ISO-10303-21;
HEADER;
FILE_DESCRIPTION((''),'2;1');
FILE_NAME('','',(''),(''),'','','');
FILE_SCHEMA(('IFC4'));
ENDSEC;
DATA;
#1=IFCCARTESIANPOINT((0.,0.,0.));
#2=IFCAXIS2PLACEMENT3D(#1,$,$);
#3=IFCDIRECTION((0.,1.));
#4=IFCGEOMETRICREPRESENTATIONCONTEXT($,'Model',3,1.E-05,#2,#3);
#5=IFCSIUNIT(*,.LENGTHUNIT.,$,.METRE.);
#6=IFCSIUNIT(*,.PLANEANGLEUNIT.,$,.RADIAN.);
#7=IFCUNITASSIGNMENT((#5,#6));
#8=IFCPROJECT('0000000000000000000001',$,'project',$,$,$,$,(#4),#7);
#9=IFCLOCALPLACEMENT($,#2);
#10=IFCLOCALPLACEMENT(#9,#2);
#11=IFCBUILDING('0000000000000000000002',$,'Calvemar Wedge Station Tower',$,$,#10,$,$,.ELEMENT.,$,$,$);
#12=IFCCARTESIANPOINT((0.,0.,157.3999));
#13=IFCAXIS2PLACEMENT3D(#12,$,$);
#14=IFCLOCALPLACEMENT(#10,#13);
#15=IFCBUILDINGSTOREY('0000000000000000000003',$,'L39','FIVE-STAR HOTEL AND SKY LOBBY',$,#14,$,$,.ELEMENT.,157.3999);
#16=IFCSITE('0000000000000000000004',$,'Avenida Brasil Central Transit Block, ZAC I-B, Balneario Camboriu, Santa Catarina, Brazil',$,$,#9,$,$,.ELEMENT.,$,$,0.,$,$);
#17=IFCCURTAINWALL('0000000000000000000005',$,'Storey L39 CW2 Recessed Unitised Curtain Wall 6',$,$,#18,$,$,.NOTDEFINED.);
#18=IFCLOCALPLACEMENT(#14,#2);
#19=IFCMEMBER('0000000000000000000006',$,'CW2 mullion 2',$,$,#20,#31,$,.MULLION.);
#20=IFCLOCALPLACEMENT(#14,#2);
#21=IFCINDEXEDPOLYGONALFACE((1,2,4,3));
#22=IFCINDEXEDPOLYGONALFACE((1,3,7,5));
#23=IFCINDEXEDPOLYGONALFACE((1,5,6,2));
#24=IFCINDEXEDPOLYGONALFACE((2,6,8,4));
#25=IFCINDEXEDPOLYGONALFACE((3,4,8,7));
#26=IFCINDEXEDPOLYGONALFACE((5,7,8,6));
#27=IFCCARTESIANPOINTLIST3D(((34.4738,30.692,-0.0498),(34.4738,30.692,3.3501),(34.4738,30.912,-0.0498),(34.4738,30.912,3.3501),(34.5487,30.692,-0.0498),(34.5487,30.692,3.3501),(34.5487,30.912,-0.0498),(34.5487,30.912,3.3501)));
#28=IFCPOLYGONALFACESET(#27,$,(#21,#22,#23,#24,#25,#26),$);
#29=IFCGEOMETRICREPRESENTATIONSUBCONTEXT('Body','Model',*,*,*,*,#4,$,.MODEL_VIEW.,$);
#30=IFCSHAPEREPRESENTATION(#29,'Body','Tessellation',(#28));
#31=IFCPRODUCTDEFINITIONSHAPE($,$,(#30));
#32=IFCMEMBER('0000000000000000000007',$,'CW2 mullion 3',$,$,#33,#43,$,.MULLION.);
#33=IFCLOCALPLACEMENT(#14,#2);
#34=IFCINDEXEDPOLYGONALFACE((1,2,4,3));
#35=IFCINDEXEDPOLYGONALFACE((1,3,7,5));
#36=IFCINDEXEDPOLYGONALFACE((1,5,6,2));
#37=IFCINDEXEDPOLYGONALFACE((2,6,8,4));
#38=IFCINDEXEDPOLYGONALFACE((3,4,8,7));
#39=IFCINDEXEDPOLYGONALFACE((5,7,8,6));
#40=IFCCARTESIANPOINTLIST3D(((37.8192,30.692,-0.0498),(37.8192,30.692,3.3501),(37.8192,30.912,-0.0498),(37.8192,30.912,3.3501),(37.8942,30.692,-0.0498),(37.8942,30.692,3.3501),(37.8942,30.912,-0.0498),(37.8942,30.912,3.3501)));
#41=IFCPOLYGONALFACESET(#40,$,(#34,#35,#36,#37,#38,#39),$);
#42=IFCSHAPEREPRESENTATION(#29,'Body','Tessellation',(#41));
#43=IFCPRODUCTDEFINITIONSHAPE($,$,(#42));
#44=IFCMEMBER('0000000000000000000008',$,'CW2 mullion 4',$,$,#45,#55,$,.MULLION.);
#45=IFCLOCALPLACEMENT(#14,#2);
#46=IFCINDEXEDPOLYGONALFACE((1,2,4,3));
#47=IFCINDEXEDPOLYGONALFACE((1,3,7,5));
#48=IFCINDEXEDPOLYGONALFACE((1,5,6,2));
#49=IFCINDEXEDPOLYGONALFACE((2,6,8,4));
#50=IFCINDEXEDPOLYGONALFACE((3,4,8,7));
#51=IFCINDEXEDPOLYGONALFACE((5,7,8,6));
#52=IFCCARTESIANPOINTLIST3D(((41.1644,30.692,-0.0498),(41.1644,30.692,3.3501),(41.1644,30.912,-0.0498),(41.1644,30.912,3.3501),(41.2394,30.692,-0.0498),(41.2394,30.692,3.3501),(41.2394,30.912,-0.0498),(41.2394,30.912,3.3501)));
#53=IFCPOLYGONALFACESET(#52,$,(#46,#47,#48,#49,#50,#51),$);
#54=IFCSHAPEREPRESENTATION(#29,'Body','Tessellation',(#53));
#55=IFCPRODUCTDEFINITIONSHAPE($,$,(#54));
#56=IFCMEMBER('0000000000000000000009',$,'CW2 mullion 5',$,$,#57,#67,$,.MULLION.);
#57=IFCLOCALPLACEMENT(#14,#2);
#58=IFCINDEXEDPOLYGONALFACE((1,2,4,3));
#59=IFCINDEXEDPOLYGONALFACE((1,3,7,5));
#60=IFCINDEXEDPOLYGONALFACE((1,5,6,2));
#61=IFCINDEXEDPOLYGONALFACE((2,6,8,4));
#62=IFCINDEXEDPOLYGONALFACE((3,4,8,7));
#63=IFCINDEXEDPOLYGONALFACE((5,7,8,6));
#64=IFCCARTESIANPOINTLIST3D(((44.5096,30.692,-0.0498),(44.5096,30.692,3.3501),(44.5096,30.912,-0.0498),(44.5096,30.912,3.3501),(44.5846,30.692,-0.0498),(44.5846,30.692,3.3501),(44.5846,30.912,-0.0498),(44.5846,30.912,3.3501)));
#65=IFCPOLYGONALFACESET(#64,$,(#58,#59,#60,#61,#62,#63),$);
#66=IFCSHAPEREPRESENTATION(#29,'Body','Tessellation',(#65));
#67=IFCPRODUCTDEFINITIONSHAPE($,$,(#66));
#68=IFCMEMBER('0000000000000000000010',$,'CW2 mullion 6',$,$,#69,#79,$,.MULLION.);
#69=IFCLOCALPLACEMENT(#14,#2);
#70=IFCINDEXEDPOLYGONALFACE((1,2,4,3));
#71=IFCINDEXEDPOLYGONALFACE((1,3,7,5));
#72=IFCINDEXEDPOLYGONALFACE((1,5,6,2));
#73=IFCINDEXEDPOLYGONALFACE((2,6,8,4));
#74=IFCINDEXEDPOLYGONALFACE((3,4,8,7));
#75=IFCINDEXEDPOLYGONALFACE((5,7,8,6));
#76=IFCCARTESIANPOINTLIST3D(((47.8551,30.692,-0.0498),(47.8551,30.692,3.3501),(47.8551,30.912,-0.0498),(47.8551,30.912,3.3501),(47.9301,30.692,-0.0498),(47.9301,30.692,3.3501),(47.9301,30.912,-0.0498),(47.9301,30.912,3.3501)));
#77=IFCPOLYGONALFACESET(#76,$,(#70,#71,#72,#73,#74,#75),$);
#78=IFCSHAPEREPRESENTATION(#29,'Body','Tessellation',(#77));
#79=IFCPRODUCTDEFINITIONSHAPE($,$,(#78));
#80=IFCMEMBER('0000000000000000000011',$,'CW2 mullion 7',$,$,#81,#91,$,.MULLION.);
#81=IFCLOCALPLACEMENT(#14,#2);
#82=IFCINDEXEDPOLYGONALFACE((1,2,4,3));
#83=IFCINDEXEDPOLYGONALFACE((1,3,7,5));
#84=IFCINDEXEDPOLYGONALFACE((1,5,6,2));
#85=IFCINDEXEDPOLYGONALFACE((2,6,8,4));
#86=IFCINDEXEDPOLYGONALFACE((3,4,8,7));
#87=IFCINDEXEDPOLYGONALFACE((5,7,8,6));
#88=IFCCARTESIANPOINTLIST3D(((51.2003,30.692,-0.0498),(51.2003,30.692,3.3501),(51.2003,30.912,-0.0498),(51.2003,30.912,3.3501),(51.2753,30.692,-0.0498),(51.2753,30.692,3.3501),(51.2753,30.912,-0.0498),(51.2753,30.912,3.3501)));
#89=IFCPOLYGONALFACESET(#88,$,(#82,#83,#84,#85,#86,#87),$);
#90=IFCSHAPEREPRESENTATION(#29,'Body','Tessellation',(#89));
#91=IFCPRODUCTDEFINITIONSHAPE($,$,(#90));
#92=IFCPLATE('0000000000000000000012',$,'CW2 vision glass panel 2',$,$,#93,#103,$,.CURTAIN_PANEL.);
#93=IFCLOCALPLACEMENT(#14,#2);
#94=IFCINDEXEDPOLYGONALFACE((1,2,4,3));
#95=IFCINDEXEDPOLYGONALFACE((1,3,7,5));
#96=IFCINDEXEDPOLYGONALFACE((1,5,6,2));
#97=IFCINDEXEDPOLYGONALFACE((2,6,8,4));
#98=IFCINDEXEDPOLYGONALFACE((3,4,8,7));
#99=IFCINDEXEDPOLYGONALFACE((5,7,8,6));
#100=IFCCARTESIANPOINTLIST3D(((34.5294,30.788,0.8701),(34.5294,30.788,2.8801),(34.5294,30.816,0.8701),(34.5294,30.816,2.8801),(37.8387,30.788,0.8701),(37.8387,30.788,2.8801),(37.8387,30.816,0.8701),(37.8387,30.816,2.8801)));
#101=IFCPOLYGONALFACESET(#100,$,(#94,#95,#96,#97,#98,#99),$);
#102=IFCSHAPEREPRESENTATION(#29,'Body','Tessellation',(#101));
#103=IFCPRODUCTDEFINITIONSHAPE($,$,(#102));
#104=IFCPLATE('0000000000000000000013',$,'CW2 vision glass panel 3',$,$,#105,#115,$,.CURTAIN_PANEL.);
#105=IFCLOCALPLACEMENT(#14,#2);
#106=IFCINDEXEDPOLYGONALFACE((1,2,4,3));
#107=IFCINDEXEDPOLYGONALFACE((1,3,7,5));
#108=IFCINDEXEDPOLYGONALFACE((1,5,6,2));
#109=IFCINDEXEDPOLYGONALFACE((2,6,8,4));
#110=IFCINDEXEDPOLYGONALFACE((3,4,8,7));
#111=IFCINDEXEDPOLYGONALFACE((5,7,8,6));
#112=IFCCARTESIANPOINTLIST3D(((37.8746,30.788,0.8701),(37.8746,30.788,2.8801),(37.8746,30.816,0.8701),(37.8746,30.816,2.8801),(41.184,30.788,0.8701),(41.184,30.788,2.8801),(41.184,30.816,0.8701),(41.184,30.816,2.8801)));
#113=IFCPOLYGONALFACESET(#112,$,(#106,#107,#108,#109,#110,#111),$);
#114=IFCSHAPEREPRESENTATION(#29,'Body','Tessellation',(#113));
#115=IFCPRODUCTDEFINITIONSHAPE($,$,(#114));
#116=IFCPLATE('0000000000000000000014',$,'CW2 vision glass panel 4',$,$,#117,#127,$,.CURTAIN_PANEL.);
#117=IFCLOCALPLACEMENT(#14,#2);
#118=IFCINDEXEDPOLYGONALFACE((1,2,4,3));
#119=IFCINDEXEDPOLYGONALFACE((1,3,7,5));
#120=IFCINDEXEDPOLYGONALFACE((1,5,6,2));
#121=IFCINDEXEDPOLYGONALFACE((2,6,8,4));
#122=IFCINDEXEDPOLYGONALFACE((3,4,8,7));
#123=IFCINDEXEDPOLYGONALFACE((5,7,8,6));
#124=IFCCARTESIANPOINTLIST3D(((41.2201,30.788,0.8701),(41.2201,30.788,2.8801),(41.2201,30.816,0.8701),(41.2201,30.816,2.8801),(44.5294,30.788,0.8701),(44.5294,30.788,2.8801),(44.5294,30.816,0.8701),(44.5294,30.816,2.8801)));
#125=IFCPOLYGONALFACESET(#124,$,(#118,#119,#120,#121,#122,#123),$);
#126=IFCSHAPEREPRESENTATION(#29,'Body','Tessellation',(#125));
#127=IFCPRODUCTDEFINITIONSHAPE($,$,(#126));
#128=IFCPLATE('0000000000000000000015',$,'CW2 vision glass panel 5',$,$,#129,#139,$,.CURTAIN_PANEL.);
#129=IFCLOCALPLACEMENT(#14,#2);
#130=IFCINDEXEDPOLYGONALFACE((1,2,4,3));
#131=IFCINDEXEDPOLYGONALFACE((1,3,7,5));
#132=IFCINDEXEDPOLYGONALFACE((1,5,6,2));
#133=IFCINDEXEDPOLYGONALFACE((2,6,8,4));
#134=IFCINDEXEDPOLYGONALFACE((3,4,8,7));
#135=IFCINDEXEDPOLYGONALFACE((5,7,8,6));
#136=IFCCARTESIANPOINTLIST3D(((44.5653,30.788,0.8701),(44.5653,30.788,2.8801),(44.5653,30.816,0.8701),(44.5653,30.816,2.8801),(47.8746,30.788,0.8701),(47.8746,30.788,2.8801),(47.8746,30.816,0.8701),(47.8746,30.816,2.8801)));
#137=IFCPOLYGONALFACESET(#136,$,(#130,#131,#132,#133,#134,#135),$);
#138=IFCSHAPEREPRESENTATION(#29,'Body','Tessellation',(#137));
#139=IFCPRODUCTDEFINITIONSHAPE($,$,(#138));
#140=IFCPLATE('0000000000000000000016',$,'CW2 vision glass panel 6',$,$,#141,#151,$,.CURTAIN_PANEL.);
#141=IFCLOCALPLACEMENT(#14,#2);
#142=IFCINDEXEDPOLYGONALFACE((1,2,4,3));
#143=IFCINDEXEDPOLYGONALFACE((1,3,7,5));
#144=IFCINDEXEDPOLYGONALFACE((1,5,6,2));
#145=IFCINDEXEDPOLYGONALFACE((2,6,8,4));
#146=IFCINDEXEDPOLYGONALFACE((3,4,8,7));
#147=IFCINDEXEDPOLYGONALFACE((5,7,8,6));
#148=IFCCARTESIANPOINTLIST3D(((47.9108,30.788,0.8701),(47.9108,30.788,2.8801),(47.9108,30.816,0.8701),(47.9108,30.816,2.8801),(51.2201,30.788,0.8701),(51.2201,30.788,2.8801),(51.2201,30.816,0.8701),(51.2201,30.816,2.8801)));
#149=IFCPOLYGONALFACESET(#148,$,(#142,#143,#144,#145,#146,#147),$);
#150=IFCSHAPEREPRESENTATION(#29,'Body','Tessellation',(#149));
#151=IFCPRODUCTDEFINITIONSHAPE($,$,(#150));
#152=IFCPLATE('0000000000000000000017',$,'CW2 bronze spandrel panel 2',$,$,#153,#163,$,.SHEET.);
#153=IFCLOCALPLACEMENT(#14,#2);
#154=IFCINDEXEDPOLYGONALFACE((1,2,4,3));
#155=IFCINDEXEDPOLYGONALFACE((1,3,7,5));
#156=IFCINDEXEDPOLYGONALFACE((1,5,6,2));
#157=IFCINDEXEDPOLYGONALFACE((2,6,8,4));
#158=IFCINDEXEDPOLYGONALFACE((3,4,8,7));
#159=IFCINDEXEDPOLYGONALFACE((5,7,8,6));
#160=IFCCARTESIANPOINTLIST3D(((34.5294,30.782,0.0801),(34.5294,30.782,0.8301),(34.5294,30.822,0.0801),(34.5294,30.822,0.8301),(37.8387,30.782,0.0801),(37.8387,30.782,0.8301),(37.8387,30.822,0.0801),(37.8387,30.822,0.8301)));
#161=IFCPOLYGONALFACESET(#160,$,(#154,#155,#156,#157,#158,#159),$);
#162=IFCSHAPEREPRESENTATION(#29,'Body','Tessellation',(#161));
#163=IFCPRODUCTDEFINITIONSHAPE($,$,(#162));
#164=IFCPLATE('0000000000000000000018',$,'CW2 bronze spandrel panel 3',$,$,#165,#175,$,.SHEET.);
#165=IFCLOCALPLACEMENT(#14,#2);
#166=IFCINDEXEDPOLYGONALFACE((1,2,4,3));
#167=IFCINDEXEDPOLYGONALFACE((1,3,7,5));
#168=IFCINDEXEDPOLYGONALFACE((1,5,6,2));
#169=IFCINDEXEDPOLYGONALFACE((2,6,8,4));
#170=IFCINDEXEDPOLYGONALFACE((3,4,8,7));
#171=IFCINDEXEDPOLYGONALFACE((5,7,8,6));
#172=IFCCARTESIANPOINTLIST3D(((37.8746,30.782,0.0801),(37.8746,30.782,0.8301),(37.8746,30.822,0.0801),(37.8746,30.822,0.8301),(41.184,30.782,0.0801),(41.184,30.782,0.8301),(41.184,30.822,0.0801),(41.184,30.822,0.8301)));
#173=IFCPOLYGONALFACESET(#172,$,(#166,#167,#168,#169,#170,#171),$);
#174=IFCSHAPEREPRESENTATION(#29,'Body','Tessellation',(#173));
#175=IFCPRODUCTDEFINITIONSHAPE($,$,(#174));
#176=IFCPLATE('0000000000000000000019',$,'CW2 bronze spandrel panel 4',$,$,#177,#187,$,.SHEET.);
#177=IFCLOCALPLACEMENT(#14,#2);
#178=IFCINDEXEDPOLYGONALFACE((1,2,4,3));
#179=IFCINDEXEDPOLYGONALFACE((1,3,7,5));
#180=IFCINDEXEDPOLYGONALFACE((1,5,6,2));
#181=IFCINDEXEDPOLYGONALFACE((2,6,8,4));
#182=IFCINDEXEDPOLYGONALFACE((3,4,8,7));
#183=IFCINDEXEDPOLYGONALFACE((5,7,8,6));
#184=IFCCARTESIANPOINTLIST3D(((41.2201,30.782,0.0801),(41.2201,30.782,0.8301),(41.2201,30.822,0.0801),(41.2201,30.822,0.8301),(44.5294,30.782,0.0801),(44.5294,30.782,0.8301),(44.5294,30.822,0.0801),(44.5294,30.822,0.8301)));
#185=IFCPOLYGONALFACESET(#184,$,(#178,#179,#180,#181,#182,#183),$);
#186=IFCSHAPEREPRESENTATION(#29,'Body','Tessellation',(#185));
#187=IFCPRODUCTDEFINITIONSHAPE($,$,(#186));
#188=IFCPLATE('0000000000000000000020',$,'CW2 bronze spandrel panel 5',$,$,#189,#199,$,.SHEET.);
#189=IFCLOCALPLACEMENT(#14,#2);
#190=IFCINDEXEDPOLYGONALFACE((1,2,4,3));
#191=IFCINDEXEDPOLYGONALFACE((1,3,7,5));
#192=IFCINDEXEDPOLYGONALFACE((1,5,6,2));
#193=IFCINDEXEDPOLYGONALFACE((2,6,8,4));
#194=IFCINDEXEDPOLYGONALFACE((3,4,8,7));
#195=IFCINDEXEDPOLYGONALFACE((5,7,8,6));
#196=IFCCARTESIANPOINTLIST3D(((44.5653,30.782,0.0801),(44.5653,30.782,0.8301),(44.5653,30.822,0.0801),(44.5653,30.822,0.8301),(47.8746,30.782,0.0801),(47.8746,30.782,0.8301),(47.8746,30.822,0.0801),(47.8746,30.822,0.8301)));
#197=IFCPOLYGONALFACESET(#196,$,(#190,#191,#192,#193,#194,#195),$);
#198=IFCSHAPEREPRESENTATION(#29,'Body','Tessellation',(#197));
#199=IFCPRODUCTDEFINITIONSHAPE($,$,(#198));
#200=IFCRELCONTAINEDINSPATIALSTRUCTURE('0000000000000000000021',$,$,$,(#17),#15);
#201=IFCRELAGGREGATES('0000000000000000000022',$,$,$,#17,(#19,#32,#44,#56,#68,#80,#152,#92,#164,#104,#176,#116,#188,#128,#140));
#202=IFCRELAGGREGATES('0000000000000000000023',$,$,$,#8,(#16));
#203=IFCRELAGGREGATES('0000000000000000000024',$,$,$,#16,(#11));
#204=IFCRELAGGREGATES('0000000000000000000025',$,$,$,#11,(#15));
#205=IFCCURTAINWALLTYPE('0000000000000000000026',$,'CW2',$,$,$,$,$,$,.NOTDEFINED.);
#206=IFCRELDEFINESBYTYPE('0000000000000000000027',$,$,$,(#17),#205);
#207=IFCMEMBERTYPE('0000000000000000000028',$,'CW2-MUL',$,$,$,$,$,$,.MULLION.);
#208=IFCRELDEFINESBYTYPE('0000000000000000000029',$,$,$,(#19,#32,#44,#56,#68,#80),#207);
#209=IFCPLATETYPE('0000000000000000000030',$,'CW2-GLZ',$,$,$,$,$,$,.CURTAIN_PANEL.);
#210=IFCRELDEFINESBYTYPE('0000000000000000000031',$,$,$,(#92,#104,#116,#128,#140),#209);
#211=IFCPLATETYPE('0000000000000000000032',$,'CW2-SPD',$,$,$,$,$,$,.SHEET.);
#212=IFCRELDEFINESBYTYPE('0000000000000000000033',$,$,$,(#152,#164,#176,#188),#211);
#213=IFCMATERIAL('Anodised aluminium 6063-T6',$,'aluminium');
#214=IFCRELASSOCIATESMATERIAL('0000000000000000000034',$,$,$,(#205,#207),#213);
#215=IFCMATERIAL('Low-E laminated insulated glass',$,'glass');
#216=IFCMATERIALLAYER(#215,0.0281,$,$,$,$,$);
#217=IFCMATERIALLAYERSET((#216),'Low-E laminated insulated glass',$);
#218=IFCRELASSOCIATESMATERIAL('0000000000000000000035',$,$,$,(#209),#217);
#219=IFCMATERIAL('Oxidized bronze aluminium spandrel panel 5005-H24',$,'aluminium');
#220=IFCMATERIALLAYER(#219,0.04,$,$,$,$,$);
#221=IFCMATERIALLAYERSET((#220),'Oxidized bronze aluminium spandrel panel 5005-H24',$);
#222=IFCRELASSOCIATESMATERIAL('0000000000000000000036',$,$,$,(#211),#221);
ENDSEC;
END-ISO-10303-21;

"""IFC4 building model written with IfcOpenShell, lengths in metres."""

from ifc_helpers import new_model, si_unit, direction, frame, frame_2d, origin, origin_2d, place, context, subcontext, project, spatial, rectangle, extrude, source, transform, mapped, material, layer, layer_set, material_profile, profile_set, type_object, element, aggregate, save


model = new_model("IFC4")

# Units and contexts
model_context = context("Model", 3, precision=1e-05, world=origin(), true_north=direction((0.0, 1.0)))
body_context = subcontext(model_context, "Body", "Model", "MODEL_VIEW")
ifc_project = project(units=[si_unit("LENGTHUNIT", "METRE"), si_unit("PLANEANGLEUNIT", "RADIAN")], contexts=[model_context])

# Site, building, storey
site_placement = place(None, origin())
site = spatial("IfcSite", under=ifc_project, at=site_placement, Name="Avenida Brasil Central Transit Block, ZAC I-B, Balneario Camboriu, Santa Catarina, Brazil", CompositionType="ELEMENT", RefElevation=0.0)
building_placement = place(site_placement, origin())
building = spatial("IfcBuilding", under=site, at=building_placement, Name="Calvemar Wedge Station Tower", CompositionType="ELEMENT")
storey_placement = place(building_placement, frame((0.0, 0.0, 157.3999)))
storey = spatial("IfcBuildingStorey", under=building, at=storey_placement, Name="L39", Description="FIVE-STAR HOTEL AND SKY LOBBY", CompositionType="ELEMENT", Elevation=157.3999)

# Curtain wall, members, plates
ifc_material_1 = material(Name="Anodised aluminium 6063-T6", Category="aluminium")
curtain_wall_type = type_object("IfcCurtainWallType", Name="CW2", PredefinedType="NOTDEFINED", material=ifc_material_1)
curtain_wall_placement = place(storey_placement, origin())
curtain_wall = element("IfcCurtainWall", 1, at=curtain_wall_placement, inside=storey, type_object=curtain_wall_type, Name="Storey L39 CW2 Recessed Unitised Curtain Wall 6", PredefinedType="NOTDEFINED")
ifc_material_profile = material_profile(ifc_material_1, rectangle(XDim=0.075, YDim=0.22, at=origin_2d()), Name="AL-MUL-75x220")
ifc_profile_set = profile_set([ifc_material_profile], Name="Anodised aluminium 6063-T6")
member_type = type_object("IfcMemberType", Name="CW2-MUL", PredefinedType="MULLION", material=ifc_profile_set)
shared_shape_1 = source(origin(), body_context, "Body", "SweptSolid", [
    extrude(rectangle(XDim=0.075, YDim=0.22, at=origin_2d()), origin(), (0.0, 0.0, 1.0), 3.3999),
])
member_1_placement = place(storey_placement, frame((34.5112, 30.802, -0.0498), z_axis=(0.0, 0.0, 1.0), x_axis=(1.0, 0.0, 0.0)))
member_1 = element("IfcMember", 2, at=member_1_placement, type_object=member_type, Name="CW2 mullion 2", PredefinedType="MULLION", context=body_context, shape_type="MappedRepresentation", body=[
    mapped(shared_shape_1, transform((0.0, 0.0, 0.0), scale=1.0)),
])
member_2_placement = place(storey_placement, frame((37.8567, 30.802, -0.0498), z_axis=(0.0, 0.0, 1.0), x_axis=(1.0, 0.0, 0.0)))
member_2 = element("IfcMember", 3, at=member_2_placement, type_object=member_type, Name="CW2 mullion 3", PredefinedType="MULLION", context=body_context, shape_type="MappedRepresentation", body=[
    mapped(shared_shape_1, transform((0.0, 0.0, 0.0), scale=1.0)),
])
member_3_placement = place(storey_placement, frame((41.2019, 30.802, -0.0498), z_axis=(0.0, 0.0, 1.0), x_axis=(1.0, 0.0, 0.0)))
member_3 = element("IfcMember", 4, at=member_3_placement, type_object=member_type, Name="CW2 mullion 4", PredefinedType="MULLION", context=body_context, shape_type="MappedRepresentation", body=[
    mapped(shared_shape_1, transform((0.0, 0.0, 0.0), scale=1.0)),
])
member_4_placement = place(storey_placement, frame((44.5471, 30.802, -0.0498), z_axis=(0.0, 0.0, 1.0), x_axis=(1.0, 0.0, 0.0)))
member_4 = element("IfcMember", 5, at=member_4_placement, type_object=member_type, Name="CW2 mullion 5", PredefinedType="MULLION", context=body_context, shape_type="MappedRepresentation", body=[
    mapped(shared_shape_1, transform((0.0, 0.0, 0.0), scale=1.0)),
])
member_5_placement = place(storey_placement, frame((47.8926, 30.802, -0.0498), z_axis=(0.0, 0.0, 1.0), x_axis=(1.0, 0.0, 0.0)))
member_5 = element("IfcMember", 6, at=member_5_placement, type_object=member_type, Name="CW2 mullion 6", PredefinedType="MULLION", context=body_context, shape_type="MappedRepresentation", body=[
    mapped(shared_shape_1, transform((0.0, 0.0, 0.0), scale=1.0)),
])
member_6_placement = place(storey_placement, frame((51.2378, 30.802, -0.0498), z_axis=(0.0, 0.0, 1.0), x_axis=(1.0, 0.0, 0.0)))
member_6 = element("IfcMember", 7, at=member_6_placement, type_object=member_type, Name="CW2 mullion 7", PredefinedType="MULLION", context=body_context, shape_type="MappedRepresentation", body=[
    mapped(shared_shape_1, transform((0.0, 0.0, 0.0), scale=1.0)),
])
ifc_material_2 = material(Name="Low-E laminated insulated glass", Category="glass")
ifc_layer_1 = layer(ifc_material_2, 0.0281)
ifc_layer_set_1 = layer_set([ifc_layer_1], Name="Low-E laminated insulated glass")
plate_type_1 = type_object("IfcPlateType", Name="CW2-GLZ", PredefinedType="CURTAIN_PANEL", material=ifc_layer_set_1)
plate_1_placement = place(storey_placement, frame((34.5293, 30.802, 0.8701), z_axis=(0.0, 0.0, 1.0), x_axis=(1.0, 0.0, 0.0)))
plate_1 = element("IfcPlate", 8, at=plate_1_placement, type_object=plate_type_1, Name="CW2 vision glass panel 2", PredefinedType="CURTAIN_PANEL", context=body_context, shape_type="SweptSolid", body=[
    extrude(rectangle(XDim=3.3093, YDim=0.0281, at=frame_2d((1.6548, 0.0))), origin(), (0.0, 0.0, 1.0), 2.01),
])
plate_2_placement = place(storey_placement, frame((37.8745, 30.802, 0.8701), z_axis=(0.0, 0.0, 1.0), x_axis=(1.0, 0.0, 0.0)))
plate_2 = element("IfcPlate", 9, at=plate_2_placement, type_object=plate_type_1, Name="CW2 vision glass panel 3", PredefinedType="CURTAIN_PANEL", context=body_context, shape_type="SweptSolid", body=[
    extrude(rectangle(XDim=3.3093, YDim=0.0281, at=frame_2d((1.6548, 0.0))), origin(), (0.0, 0.0, 1.0), 2.01),
])
plate_3_placement = place(storey_placement, frame((41.22, 30.802, 0.8701), z_axis=(0.0, 0.0, 1.0), x_axis=(1.0, 0.0, 0.0)))
plate_3 = element("IfcPlate", 10, at=plate_3_placement, type_object=plate_type_1, Name="CW2 vision glass panel 4", PredefinedType="CURTAIN_PANEL", context=body_context, shape_type="SweptSolid", body=[
    extrude(rectangle(XDim=3.3093, YDim=0.0281, at=frame_2d((1.6548, 0.0))), origin(), (0.0, 0.0, 1.0), 2.01),
])
plate_4_placement = place(storey_placement, frame((44.5652, 30.802, 0.8701), z_axis=(0.0, 0.0, 1.0), x_axis=(1.0, 0.0, 0.0)))
plate_4 = element("IfcPlate", 11, at=plate_4_placement, type_object=plate_type_1, Name="CW2 vision glass panel 5", PredefinedType="CURTAIN_PANEL", context=body_context, shape_type="SweptSolid", body=[
    extrude(rectangle(XDim=3.3093, YDim=0.0281, at=frame_2d((1.6548, 0.0))), origin(), (0.0, 0.0, 1.0), 2.01),
])
plate_5_placement = place(storey_placement, frame((47.9106, 30.802, 0.8701), z_axis=(0.0, 0.0, 1.0), x_axis=(1.0, 0.0, 0.0)))
plate_5 = element("IfcPlate", 12, at=plate_5_placement, type_object=plate_type_1, Name="CW2 vision glass panel 6", PredefinedType="CURTAIN_PANEL", context=body_context, shape_type="SweptSolid", body=[
    extrude(rectangle(XDim=3.3093, YDim=0.0281, at=frame_2d((1.6548, 0.0))), origin(), (0.0, 0.0, 1.0), 2.01),
])
ifc_material_3 = material(Name="Oxidized bronze aluminium spandrel panel 5005-H24", Category="aluminium")
ifc_layer_2 = layer(ifc_material_3, 0.04)
ifc_layer_set_2 = layer_set([ifc_layer_2], Name="Oxidized bronze aluminium spandrel panel 5005-H24")
plate_type_2 = type_object("IfcPlateType", Name="CW2-SPD", PredefinedType="SHEET", material=ifc_layer_set_2)
plate_6_placement = place(storey_placement, frame((34.5293, 30.802, 0.0801), z_axis=(0.0, 0.0, 1.0), x_axis=(1.0, 0.0, 0.0)))
plate_6 = element("IfcPlate", 13, at=plate_6_placement, type_object=plate_type_2, Name="CW2 bronze spandrel panel 2", PredefinedType="SHEET", context=body_context, shape_type="SweptSolid", body=[
    extrude(rectangle(XDim=3.3093, YDim=0.04, at=frame_2d((1.6548, 0.0))), origin(), (0.0, 0.0, 1.0), 0.75),
])
plate_7_placement = place(storey_placement, frame((37.8745, 30.802, 0.0801), z_axis=(0.0, 0.0, 1.0), x_axis=(1.0, 0.0, 0.0)))
plate_7 = element("IfcPlate", 14, at=plate_7_placement, type_object=plate_type_2, Name="CW2 bronze spandrel panel 3", PredefinedType="SHEET", context=body_context, shape_type="SweptSolid", body=[
    extrude(rectangle(XDim=3.3093, YDim=0.04, at=frame_2d((1.6548, 0.0))), origin(), (0.0, 0.0, 1.0), 0.75),
])
plate_8_placement = place(storey_placement, frame((41.22, 30.802, 0.0801), z_axis=(0.0, 0.0, 1.0), x_axis=(1.0, 0.0, 0.0)))
plate_8 = element("IfcPlate", 15, at=plate_8_placement, type_object=plate_type_2, Name="CW2 bronze spandrel panel 4", PredefinedType="SHEET", context=body_context, shape_type="SweptSolid", body=[
    extrude(rectangle(XDim=3.3093, YDim=0.04, at=frame_2d((1.6548, 0.0))), origin(), (0.0, 0.0, 1.0), 0.75),
])
plate_9_placement = place(storey_placement, frame((44.5652, 30.802, 0.0801), z_axis=(0.0, 0.0, 1.0), x_axis=(1.0, 0.0, 0.0)))
plate_9 = element("IfcPlate", 16, at=plate_9_placement, type_object=plate_type_2, Name="CW2 bronze spandrel panel 5", PredefinedType="SHEET", context=body_context, shape_type="SweptSolid", body=[
    extrude(rectangle(XDim=3.3093, YDim=0.04, at=frame_2d((1.6548, 0.0))), origin(), (0.0, 0.0, 1.0), 0.75),
])
aggregate(curtain_wall, [member_1, member_2, member_3, member_4, member_5, member_6, plate_6, plate_1, plate_7, plate_2, plate_8, plate_3, plate_9, plate_4, plate_5])

save(model, "model.ifc")
